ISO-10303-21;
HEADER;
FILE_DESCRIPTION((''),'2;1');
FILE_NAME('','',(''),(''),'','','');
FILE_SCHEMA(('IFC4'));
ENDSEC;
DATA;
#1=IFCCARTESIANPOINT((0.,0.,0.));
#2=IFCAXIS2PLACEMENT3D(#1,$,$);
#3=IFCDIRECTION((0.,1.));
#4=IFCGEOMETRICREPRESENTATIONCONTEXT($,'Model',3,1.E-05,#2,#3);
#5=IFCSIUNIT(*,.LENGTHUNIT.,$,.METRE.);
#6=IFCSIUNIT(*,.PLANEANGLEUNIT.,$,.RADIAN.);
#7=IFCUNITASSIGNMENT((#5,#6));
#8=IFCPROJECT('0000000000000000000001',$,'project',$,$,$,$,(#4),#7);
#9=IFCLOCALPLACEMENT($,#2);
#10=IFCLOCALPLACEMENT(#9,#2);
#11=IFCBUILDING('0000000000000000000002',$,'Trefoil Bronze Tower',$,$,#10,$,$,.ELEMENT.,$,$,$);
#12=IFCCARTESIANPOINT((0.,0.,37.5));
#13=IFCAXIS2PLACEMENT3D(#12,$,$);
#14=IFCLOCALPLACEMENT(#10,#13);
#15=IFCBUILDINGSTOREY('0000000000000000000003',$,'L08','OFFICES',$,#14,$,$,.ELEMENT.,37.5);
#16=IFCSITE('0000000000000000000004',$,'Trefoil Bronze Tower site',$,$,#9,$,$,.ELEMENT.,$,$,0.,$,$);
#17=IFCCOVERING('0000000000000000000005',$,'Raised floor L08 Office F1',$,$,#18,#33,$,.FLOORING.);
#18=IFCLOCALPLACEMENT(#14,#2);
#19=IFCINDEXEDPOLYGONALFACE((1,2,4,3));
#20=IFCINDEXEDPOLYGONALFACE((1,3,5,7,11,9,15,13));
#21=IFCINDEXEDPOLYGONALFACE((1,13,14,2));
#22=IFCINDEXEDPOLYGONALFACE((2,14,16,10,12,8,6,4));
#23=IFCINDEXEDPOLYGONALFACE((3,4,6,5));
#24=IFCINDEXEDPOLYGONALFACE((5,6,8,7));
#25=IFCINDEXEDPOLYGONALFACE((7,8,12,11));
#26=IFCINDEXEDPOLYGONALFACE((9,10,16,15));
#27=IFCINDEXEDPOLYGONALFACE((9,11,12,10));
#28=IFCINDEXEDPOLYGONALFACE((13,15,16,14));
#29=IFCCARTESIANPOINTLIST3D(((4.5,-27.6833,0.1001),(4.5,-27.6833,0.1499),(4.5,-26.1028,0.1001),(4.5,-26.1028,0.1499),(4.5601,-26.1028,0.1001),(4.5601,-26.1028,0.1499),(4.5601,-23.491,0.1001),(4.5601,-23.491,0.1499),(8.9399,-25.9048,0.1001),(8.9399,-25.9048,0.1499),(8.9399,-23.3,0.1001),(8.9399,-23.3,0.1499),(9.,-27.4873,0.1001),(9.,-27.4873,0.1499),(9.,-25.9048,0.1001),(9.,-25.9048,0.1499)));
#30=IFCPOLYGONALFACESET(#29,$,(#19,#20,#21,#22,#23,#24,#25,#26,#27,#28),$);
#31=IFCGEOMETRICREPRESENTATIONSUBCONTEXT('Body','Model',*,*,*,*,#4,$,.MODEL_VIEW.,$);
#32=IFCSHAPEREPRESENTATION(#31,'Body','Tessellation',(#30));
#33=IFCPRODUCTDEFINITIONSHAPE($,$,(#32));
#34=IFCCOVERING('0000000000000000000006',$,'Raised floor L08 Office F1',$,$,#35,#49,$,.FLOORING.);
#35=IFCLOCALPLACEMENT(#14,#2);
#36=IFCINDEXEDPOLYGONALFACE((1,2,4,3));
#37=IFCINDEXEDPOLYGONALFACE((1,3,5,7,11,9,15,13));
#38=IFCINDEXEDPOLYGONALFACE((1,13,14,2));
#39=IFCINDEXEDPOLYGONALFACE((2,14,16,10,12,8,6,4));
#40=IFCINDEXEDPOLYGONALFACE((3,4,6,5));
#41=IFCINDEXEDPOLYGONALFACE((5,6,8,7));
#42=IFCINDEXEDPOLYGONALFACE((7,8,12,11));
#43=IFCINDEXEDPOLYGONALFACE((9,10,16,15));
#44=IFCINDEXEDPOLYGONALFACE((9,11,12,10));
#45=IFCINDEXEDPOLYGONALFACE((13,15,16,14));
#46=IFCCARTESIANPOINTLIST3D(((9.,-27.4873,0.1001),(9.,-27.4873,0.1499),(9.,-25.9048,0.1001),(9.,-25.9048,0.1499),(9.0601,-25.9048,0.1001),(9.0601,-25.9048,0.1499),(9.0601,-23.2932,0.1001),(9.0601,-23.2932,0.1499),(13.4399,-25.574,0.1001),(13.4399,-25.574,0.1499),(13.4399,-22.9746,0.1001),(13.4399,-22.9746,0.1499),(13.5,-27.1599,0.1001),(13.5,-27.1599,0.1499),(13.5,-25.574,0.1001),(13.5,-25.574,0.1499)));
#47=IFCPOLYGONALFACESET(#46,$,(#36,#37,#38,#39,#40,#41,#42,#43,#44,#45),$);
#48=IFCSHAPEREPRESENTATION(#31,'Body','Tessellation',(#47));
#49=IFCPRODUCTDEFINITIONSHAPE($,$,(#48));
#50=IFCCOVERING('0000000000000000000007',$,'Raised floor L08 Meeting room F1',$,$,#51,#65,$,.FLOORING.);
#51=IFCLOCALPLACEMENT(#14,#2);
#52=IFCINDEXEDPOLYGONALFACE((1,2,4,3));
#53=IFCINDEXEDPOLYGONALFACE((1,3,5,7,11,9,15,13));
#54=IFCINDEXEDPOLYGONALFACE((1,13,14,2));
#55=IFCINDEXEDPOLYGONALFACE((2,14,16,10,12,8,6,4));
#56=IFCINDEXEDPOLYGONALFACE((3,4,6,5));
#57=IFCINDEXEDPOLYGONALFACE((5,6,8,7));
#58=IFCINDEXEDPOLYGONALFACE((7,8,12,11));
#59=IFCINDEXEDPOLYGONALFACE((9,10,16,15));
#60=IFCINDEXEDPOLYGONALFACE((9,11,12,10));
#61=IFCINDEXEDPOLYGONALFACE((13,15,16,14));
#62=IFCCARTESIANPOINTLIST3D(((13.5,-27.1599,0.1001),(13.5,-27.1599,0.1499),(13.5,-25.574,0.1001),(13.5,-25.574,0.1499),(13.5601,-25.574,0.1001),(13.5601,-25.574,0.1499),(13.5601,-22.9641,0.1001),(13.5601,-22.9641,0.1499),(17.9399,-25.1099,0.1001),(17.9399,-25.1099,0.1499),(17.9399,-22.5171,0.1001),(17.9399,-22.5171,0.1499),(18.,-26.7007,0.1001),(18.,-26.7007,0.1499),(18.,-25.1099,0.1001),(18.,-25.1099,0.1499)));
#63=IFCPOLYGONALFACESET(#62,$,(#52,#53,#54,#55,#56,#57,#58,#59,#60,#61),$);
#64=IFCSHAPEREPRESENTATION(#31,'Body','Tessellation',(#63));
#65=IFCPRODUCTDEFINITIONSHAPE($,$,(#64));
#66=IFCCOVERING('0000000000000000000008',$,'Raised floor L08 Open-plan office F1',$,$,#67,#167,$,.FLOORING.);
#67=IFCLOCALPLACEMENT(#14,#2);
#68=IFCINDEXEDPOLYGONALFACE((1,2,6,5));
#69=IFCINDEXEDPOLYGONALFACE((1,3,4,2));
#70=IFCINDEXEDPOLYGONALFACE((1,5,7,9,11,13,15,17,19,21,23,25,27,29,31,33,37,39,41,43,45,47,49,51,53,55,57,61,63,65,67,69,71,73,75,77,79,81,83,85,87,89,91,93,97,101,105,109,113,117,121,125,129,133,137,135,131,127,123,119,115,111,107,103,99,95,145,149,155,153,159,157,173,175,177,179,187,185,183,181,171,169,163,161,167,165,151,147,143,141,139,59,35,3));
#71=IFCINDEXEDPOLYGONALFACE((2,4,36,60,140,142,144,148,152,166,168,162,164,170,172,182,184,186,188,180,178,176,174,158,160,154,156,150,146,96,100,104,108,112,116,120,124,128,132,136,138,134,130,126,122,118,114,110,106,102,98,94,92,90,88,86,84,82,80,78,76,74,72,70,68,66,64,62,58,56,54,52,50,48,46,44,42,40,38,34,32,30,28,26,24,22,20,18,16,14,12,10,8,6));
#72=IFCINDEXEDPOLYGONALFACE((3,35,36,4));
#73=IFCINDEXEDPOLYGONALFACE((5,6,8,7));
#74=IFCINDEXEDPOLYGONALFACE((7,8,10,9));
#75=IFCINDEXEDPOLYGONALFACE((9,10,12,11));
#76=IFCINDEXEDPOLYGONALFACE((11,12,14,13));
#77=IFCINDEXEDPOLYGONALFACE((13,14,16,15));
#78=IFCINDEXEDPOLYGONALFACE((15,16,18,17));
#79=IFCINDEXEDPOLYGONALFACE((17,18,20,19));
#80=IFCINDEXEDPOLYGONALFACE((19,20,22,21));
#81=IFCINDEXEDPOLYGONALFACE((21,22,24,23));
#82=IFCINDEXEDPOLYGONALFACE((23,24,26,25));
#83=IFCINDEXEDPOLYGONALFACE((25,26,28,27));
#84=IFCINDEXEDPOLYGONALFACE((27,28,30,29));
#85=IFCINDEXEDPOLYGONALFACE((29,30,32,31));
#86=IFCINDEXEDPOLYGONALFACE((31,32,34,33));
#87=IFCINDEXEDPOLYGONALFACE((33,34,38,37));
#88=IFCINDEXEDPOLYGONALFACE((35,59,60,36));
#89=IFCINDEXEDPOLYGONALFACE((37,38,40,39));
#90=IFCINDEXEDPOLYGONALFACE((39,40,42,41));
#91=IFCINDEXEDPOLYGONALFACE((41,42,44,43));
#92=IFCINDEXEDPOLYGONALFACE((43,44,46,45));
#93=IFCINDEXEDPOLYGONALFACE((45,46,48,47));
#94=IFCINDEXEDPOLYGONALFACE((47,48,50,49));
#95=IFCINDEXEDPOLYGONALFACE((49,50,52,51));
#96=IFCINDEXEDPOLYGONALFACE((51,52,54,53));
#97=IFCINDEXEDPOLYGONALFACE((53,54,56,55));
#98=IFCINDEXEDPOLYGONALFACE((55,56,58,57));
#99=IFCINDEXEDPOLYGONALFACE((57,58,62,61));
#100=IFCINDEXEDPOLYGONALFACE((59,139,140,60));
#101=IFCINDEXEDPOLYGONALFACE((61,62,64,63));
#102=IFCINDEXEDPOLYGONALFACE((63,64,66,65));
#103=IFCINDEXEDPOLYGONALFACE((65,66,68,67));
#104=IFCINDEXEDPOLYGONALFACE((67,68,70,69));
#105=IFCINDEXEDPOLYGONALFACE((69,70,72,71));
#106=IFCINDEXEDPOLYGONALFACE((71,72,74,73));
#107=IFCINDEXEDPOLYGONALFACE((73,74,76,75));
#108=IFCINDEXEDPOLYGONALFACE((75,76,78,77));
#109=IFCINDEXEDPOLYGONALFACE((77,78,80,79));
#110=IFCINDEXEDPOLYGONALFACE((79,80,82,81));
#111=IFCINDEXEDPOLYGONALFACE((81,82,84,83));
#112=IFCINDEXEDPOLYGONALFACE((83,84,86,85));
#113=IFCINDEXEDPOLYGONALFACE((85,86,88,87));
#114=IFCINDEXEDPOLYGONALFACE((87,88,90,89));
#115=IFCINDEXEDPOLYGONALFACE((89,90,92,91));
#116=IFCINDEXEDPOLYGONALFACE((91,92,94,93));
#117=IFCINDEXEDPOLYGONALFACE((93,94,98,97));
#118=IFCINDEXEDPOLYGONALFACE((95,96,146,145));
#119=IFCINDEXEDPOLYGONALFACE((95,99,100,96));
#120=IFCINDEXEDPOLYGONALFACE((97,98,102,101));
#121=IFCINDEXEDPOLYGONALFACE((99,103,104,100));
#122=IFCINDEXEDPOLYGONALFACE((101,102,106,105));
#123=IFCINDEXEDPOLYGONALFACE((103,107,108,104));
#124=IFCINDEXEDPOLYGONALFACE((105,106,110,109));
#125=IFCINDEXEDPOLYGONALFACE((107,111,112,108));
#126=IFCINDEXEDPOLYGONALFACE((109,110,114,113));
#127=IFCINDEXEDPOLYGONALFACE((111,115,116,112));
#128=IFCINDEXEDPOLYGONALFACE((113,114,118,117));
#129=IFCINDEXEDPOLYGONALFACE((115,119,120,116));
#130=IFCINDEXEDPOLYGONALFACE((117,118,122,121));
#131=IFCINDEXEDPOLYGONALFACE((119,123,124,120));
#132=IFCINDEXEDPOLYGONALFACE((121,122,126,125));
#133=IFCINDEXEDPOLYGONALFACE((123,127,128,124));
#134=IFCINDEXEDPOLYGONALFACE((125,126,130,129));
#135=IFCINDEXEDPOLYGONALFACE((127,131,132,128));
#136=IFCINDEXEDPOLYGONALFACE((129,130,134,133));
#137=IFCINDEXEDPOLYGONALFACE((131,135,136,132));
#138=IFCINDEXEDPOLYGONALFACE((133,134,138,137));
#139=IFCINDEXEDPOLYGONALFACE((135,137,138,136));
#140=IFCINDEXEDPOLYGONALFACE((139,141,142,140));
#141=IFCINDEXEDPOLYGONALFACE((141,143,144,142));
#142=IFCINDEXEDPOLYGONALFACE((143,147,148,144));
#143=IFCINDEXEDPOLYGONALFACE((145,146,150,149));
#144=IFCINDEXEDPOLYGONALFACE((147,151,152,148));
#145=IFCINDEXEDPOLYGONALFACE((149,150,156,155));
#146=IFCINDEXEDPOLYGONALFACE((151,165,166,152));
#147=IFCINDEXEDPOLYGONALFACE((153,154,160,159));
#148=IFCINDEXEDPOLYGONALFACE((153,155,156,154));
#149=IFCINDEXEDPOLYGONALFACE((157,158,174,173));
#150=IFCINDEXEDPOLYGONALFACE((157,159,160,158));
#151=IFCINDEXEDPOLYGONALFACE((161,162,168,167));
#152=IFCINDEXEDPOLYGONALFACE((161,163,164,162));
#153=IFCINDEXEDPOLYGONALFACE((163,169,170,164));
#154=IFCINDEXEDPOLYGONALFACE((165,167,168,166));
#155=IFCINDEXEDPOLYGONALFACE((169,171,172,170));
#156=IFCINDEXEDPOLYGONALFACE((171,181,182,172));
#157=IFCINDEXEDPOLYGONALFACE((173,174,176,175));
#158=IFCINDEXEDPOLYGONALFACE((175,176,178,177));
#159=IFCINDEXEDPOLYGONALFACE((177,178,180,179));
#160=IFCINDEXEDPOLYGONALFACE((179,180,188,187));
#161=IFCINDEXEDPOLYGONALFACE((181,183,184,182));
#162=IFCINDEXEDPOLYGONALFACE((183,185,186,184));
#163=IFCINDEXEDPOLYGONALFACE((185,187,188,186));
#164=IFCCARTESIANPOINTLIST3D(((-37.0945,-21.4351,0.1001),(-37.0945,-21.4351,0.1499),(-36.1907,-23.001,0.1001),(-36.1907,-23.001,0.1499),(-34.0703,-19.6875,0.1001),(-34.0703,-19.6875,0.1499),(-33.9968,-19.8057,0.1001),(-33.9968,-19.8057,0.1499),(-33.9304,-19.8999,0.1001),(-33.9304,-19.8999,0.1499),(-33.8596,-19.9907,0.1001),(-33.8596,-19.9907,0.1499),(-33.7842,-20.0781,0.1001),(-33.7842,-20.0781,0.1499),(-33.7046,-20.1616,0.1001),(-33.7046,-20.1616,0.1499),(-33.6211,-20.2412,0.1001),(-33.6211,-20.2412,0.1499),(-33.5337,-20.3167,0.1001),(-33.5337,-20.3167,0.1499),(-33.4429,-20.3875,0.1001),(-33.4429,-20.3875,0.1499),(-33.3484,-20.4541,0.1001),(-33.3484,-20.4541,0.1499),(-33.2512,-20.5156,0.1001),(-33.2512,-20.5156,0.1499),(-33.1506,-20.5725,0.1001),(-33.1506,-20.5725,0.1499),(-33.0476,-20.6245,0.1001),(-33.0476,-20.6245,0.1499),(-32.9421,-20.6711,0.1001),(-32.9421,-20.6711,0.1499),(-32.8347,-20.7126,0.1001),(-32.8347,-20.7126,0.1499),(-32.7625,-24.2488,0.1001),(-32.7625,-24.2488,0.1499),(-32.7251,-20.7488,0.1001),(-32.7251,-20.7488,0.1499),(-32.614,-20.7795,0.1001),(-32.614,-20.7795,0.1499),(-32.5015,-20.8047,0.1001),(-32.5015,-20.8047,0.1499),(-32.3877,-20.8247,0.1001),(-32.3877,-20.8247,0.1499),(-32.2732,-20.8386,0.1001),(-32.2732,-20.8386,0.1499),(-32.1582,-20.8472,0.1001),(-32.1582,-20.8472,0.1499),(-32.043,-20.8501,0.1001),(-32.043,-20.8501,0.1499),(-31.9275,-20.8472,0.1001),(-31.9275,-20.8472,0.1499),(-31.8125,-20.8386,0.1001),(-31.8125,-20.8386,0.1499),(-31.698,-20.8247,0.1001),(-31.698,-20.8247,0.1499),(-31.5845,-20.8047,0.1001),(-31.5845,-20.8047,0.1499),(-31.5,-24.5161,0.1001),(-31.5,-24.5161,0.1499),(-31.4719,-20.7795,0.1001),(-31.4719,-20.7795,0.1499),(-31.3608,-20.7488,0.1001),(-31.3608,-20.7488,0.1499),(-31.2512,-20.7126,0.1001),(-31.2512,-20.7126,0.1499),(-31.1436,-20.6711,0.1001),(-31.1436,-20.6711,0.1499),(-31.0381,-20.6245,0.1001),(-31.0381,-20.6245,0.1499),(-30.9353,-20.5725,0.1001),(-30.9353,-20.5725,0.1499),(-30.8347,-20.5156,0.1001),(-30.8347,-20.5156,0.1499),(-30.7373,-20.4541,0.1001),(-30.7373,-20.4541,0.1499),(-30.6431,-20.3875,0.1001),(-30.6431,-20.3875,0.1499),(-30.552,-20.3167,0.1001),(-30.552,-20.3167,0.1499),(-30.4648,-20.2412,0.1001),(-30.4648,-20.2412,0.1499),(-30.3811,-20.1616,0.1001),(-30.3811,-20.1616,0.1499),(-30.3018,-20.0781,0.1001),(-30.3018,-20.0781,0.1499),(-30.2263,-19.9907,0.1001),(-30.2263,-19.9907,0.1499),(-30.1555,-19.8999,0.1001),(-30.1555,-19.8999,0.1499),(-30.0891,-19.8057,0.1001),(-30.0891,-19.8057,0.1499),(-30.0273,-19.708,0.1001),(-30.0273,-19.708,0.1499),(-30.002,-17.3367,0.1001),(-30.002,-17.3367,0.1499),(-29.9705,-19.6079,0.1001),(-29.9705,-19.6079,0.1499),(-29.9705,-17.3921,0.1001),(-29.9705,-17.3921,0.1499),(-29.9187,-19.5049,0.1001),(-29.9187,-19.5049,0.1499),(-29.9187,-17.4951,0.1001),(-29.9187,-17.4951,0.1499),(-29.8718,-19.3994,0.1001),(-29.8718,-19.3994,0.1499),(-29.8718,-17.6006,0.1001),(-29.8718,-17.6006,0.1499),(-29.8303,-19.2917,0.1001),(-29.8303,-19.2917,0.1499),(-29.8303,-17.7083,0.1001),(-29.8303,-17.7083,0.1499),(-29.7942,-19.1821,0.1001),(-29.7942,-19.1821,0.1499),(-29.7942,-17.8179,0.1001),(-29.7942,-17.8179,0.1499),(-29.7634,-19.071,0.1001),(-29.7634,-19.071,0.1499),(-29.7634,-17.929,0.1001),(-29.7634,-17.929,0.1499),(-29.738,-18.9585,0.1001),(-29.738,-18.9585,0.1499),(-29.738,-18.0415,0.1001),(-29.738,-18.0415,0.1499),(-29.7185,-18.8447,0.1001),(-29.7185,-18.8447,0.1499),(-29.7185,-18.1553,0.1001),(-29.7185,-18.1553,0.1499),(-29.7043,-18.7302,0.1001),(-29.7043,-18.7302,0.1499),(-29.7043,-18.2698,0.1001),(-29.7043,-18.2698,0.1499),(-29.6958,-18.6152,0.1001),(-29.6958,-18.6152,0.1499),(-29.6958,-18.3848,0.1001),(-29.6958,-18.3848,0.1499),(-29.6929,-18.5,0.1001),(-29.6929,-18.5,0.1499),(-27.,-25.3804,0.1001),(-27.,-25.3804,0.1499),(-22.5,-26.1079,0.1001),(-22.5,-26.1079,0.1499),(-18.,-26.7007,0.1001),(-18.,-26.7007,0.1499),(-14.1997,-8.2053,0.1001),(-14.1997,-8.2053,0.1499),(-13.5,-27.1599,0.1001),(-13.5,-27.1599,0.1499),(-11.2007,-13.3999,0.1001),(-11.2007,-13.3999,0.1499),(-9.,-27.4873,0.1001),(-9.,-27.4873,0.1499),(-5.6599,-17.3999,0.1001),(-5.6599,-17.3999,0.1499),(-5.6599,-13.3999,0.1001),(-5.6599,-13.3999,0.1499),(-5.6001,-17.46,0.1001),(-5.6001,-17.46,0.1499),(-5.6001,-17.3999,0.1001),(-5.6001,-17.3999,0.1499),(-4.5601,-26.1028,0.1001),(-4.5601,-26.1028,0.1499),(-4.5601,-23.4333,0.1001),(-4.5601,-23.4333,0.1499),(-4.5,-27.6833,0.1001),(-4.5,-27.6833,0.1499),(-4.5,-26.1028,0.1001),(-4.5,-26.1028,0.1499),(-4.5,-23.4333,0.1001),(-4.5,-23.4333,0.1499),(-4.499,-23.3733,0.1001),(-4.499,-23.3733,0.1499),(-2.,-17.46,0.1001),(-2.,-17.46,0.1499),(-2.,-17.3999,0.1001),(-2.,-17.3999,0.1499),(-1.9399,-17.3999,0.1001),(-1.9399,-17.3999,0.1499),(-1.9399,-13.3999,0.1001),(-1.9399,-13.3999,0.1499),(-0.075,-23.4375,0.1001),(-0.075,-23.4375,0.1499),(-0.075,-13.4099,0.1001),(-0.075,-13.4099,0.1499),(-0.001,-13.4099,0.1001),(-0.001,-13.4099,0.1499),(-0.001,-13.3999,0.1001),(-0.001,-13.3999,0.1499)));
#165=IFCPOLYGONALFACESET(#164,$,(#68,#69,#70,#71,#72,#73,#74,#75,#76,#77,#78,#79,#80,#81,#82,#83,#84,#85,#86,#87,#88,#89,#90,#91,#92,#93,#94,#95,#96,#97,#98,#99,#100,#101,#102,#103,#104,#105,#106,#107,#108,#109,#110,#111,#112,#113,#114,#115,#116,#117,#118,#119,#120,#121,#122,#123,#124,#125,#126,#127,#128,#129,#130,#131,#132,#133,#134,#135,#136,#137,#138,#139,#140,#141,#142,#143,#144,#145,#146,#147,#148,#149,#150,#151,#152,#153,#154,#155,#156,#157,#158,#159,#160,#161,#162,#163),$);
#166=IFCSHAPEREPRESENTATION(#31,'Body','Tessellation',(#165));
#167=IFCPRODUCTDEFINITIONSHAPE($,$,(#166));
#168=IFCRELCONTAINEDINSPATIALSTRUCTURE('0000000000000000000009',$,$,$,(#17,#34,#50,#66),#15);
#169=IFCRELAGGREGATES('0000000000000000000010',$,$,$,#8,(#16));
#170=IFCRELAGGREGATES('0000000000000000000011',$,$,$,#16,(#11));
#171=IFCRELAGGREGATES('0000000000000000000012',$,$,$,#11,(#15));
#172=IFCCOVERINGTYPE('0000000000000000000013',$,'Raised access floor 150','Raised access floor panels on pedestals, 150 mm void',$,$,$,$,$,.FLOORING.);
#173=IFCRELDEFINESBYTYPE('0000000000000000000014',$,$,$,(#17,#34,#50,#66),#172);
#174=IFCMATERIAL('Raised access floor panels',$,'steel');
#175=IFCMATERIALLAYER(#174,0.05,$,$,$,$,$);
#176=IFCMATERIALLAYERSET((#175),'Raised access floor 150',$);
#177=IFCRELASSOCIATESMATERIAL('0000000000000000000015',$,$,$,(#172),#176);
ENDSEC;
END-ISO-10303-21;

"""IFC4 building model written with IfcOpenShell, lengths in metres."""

from ifc_helpers import new_model, si_unit, direction, frame, origin, place, context, subcontext, project, spatial, polyline, outline, extrude, material, layer, layer_set, type_object, element, save


model = new_model("IFC4")

# Units and contexts
model_context = context("Model", 3, precision=1e-05, world=origin(), true_north=direction((0.0, 1.0)))
body_context = subcontext(model_context, "Body", "Model", "MODEL_VIEW")
ifc_project = project(units=[si_unit("LENGTHUNIT", "METRE"), si_unit("PLANEANGLEUNIT", "RADIAN")], contexts=[model_context])

# Site, building, storey
site_placement = place(None, origin())
site = spatial("IfcSite", under=ifc_project, at=site_placement, Name="Trefoil Bronze Tower site", CompositionType="ELEMENT", RefElevation=0.0)
building_placement = place(site_placement, origin())
building = spatial("IfcBuilding", under=site, at=building_placement, Name="Trefoil Bronze Tower", CompositionType="ELEMENT")
storey_placement = place(building_placement, frame((0.0, 0.0, 37.5)))
storey = spatial("IfcBuildingStorey", under=building, at=storey_placement, Name="L08", Description="OFFICES", CompositionType="ELEMENT", Elevation=37.5)

# Coverings
ifc_material_1 = material(Name="Raised access floor panels", Category="steel")
ifc_layer_1 = layer(ifc_material_1, 0.05)
ifc_layer_set_1 = layer_set([ifc_layer_1], Name="Raised access floor 150")
covering_type_1 = type_object("IfcCoveringType", Name="Raised access floor 150", Description="Raised access floor panels on pedestals, 150 mm void", PredefinedType="FLOORING", material=ifc_layer_set_1)
covering_1_placement = place(storey_placement, frame((0.0, 0.0, 0.1001)))
element("IfcCovering", 1, at=covering_1_placement, inside=storey, type_object=covering_type_1, Name="Raised floor L08 Office F1", PredefinedType="FLOORING", context=body_context, shape_type="SweptSolid", body=[
    extrude(outline(polyline([(9.0, -27.4873), (4.5, -27.6833), (4.5, -26.1028), (4.5601, -26.1028), (4.5601, -23.491), (8.9399, -23.3), (8.9399, -25.9048), (9.0, -25.9048), (9.0, -27.4873)])), origin(), (0.0, 0.0, 1.0), 0.0498),
])
covering_2_placement = place(storey_placement, frame((0.0, 0.0, 0.1001)))
element("IfcCovering", 2, at=covering_2_placement, inside=storey, type_object=covering_type_1, Name="Raised floor L08 Office F1", PredefinedType="FLOORING", context=body_context, shape_type="SweptSolid", body=[
    extrude(outline(polyline([(13.5, -27.1599), (9.0, -27.4873), (9.0, -25.9048), (9.0601, -25.9048), (9.0601, -23.2932), (13.4399, -22.9746), (13.4399, -25.574), (13.5, -25.574), (13.5, -27.1599)])), origin(), (0.0, 0.0, 1.0), 0.0498),
])
covering_3_placement = place(storey_placement, frame((0.0, 0.0, 0.1001)))
element("IfcCovering", 3, at=covering_3_placement, inside=storey, type_object=covering_type_1, Name="Raised floor L08 Meeting room F1", PredefinedType="FLOORING", context=body_context, shape_type="SweptSolid", body=[
    extrude(outline(polyline([(18.0, -26.7007), (13.5, -27.1599), (13.5, -25.574), (13.5601, -25.574), (13.5601, -22.9641), (17.9399, -22.5171), (17.9399, -25.1099), (18.0, -25.1099), (18.0, -26.7007)])), origin(), (0.0, 0.0, 1.0), 0.0498),
])
covering_4_placement = place(storey_placement, frame((0.0, 0.0, 0.1001)))
element("IfcCovering", 4, at=covering_4_placement, inside=storey, type_object=covering_type_1, Name="Raised floor L08 Open-plan office F1", PredefinedType="FLOORING", context=body_context, shape_type="SweptSolid", body=[
    extrude(outline(polyline([(-30.002, -17.3367), (-14.1997, -8.2053), (-11.2007, -13.3999), (-5.6599, -13.3999), (-5.6599, -17.3999), (-5.6001, -17.3999), (-5.6001, -17.46), (-2.0, -17.46), (-2.0, -17.3999), (-1.9399, -17.3999), (-1.9399, -13.3999), (-0.001, -13.3999), (-0.001, -13.4099), (-0.075, -13.4099), (-0.075, -23.4375), (-4.499, -23.3733), (-4.5, -23.4333), (-4.5601, -23.4333), (-4.5601, -26.1028), (-4.5, -26.1028), (-4.5, -27.6833), (-9.0, -27.4873), (-13.5, -27.1599), (-18.0, -26.7007), (-22.5, -26.1079), (-27.0, -25.3804), (-31.5, -24.5161), (-32.7625, -24.2488), (-36.1907, -23.001), (-37.0945, -21.4351), (-34.0703, -19.6875), (-33.9968, -19.8057), (-33.9304, -19.8999), (-33.8596, -19.9907), (-33.7842, -20.0781), (-33.7046, -20.1616), (-33.6211, -20.2412), (-33.5337, -20.3167), (-33.4429, -20.3875), (-33.3484, -20.4541), (-33.2512, -20.5156), (-33.1506, -20.5725), (-33.0476, -20.6245), (-32.9421, -20.6711), (-32.8347, -20.7126), (-32.7251, -20.7488), (-32.614, -20.7795), (-32.5015, -20.8047), (-32.3877, -20.8247), (-32.2732, -20.8386), (-32.1582, -20.8472), (-32.043, -20.8501), (-31.9275, -20.8472), (-31.8125, -20.8386), (-31.698, -20.8247), (-31.5845, -20.8047), (-31.4719, -20.7795), (-31.3608, -20.7488), (-31.2512, -20.7126), (-31.1436, -20.6711), (-31.0381, -20.6245), (-30.9353, -20.5725), (-30.8347, -20.5156), (-30.7373, -20.4541), (-30.6431, -20.3875), (-30.552, -20.3167), (-30.4648, -20.2412), (-30.3811, -20.1616), (-30.3018, -20.0781), (-30.2263, -19.9907), (-30.1555, -19.8999), (-30.0891, -19.8057), (-30.0273, -19.708), (-29.9705, -19.6079), (-29.9187, -19.5049), (-29.8718, -19.3994), (-29.8303, -19.2917), (-29.7942, -19.1821), (-29.7634, -19.071), (-29.738, -18.9585), (-29.7185, -18.8447), (-29.7043, -18.7302), (-29.6958, -18.6152), (-29.6929, -18.5), (-29.6958, -18.3848), (-29.7043, -18.2698), (-29.7185, -18.1553), (-29.738, -18.0415), (-29.7634, -17.929), (-29.7942, -17.8179), (-29.8303, -17.7083), (-29.8718, -17.6006), (-29.9187, -17.4951), (-29.9705, -17.3921), (-30.002, -17.3367)])), origin(), (0.0, 0.0, 1.0), 0.0498),
])

save(model, "model.ifc")
